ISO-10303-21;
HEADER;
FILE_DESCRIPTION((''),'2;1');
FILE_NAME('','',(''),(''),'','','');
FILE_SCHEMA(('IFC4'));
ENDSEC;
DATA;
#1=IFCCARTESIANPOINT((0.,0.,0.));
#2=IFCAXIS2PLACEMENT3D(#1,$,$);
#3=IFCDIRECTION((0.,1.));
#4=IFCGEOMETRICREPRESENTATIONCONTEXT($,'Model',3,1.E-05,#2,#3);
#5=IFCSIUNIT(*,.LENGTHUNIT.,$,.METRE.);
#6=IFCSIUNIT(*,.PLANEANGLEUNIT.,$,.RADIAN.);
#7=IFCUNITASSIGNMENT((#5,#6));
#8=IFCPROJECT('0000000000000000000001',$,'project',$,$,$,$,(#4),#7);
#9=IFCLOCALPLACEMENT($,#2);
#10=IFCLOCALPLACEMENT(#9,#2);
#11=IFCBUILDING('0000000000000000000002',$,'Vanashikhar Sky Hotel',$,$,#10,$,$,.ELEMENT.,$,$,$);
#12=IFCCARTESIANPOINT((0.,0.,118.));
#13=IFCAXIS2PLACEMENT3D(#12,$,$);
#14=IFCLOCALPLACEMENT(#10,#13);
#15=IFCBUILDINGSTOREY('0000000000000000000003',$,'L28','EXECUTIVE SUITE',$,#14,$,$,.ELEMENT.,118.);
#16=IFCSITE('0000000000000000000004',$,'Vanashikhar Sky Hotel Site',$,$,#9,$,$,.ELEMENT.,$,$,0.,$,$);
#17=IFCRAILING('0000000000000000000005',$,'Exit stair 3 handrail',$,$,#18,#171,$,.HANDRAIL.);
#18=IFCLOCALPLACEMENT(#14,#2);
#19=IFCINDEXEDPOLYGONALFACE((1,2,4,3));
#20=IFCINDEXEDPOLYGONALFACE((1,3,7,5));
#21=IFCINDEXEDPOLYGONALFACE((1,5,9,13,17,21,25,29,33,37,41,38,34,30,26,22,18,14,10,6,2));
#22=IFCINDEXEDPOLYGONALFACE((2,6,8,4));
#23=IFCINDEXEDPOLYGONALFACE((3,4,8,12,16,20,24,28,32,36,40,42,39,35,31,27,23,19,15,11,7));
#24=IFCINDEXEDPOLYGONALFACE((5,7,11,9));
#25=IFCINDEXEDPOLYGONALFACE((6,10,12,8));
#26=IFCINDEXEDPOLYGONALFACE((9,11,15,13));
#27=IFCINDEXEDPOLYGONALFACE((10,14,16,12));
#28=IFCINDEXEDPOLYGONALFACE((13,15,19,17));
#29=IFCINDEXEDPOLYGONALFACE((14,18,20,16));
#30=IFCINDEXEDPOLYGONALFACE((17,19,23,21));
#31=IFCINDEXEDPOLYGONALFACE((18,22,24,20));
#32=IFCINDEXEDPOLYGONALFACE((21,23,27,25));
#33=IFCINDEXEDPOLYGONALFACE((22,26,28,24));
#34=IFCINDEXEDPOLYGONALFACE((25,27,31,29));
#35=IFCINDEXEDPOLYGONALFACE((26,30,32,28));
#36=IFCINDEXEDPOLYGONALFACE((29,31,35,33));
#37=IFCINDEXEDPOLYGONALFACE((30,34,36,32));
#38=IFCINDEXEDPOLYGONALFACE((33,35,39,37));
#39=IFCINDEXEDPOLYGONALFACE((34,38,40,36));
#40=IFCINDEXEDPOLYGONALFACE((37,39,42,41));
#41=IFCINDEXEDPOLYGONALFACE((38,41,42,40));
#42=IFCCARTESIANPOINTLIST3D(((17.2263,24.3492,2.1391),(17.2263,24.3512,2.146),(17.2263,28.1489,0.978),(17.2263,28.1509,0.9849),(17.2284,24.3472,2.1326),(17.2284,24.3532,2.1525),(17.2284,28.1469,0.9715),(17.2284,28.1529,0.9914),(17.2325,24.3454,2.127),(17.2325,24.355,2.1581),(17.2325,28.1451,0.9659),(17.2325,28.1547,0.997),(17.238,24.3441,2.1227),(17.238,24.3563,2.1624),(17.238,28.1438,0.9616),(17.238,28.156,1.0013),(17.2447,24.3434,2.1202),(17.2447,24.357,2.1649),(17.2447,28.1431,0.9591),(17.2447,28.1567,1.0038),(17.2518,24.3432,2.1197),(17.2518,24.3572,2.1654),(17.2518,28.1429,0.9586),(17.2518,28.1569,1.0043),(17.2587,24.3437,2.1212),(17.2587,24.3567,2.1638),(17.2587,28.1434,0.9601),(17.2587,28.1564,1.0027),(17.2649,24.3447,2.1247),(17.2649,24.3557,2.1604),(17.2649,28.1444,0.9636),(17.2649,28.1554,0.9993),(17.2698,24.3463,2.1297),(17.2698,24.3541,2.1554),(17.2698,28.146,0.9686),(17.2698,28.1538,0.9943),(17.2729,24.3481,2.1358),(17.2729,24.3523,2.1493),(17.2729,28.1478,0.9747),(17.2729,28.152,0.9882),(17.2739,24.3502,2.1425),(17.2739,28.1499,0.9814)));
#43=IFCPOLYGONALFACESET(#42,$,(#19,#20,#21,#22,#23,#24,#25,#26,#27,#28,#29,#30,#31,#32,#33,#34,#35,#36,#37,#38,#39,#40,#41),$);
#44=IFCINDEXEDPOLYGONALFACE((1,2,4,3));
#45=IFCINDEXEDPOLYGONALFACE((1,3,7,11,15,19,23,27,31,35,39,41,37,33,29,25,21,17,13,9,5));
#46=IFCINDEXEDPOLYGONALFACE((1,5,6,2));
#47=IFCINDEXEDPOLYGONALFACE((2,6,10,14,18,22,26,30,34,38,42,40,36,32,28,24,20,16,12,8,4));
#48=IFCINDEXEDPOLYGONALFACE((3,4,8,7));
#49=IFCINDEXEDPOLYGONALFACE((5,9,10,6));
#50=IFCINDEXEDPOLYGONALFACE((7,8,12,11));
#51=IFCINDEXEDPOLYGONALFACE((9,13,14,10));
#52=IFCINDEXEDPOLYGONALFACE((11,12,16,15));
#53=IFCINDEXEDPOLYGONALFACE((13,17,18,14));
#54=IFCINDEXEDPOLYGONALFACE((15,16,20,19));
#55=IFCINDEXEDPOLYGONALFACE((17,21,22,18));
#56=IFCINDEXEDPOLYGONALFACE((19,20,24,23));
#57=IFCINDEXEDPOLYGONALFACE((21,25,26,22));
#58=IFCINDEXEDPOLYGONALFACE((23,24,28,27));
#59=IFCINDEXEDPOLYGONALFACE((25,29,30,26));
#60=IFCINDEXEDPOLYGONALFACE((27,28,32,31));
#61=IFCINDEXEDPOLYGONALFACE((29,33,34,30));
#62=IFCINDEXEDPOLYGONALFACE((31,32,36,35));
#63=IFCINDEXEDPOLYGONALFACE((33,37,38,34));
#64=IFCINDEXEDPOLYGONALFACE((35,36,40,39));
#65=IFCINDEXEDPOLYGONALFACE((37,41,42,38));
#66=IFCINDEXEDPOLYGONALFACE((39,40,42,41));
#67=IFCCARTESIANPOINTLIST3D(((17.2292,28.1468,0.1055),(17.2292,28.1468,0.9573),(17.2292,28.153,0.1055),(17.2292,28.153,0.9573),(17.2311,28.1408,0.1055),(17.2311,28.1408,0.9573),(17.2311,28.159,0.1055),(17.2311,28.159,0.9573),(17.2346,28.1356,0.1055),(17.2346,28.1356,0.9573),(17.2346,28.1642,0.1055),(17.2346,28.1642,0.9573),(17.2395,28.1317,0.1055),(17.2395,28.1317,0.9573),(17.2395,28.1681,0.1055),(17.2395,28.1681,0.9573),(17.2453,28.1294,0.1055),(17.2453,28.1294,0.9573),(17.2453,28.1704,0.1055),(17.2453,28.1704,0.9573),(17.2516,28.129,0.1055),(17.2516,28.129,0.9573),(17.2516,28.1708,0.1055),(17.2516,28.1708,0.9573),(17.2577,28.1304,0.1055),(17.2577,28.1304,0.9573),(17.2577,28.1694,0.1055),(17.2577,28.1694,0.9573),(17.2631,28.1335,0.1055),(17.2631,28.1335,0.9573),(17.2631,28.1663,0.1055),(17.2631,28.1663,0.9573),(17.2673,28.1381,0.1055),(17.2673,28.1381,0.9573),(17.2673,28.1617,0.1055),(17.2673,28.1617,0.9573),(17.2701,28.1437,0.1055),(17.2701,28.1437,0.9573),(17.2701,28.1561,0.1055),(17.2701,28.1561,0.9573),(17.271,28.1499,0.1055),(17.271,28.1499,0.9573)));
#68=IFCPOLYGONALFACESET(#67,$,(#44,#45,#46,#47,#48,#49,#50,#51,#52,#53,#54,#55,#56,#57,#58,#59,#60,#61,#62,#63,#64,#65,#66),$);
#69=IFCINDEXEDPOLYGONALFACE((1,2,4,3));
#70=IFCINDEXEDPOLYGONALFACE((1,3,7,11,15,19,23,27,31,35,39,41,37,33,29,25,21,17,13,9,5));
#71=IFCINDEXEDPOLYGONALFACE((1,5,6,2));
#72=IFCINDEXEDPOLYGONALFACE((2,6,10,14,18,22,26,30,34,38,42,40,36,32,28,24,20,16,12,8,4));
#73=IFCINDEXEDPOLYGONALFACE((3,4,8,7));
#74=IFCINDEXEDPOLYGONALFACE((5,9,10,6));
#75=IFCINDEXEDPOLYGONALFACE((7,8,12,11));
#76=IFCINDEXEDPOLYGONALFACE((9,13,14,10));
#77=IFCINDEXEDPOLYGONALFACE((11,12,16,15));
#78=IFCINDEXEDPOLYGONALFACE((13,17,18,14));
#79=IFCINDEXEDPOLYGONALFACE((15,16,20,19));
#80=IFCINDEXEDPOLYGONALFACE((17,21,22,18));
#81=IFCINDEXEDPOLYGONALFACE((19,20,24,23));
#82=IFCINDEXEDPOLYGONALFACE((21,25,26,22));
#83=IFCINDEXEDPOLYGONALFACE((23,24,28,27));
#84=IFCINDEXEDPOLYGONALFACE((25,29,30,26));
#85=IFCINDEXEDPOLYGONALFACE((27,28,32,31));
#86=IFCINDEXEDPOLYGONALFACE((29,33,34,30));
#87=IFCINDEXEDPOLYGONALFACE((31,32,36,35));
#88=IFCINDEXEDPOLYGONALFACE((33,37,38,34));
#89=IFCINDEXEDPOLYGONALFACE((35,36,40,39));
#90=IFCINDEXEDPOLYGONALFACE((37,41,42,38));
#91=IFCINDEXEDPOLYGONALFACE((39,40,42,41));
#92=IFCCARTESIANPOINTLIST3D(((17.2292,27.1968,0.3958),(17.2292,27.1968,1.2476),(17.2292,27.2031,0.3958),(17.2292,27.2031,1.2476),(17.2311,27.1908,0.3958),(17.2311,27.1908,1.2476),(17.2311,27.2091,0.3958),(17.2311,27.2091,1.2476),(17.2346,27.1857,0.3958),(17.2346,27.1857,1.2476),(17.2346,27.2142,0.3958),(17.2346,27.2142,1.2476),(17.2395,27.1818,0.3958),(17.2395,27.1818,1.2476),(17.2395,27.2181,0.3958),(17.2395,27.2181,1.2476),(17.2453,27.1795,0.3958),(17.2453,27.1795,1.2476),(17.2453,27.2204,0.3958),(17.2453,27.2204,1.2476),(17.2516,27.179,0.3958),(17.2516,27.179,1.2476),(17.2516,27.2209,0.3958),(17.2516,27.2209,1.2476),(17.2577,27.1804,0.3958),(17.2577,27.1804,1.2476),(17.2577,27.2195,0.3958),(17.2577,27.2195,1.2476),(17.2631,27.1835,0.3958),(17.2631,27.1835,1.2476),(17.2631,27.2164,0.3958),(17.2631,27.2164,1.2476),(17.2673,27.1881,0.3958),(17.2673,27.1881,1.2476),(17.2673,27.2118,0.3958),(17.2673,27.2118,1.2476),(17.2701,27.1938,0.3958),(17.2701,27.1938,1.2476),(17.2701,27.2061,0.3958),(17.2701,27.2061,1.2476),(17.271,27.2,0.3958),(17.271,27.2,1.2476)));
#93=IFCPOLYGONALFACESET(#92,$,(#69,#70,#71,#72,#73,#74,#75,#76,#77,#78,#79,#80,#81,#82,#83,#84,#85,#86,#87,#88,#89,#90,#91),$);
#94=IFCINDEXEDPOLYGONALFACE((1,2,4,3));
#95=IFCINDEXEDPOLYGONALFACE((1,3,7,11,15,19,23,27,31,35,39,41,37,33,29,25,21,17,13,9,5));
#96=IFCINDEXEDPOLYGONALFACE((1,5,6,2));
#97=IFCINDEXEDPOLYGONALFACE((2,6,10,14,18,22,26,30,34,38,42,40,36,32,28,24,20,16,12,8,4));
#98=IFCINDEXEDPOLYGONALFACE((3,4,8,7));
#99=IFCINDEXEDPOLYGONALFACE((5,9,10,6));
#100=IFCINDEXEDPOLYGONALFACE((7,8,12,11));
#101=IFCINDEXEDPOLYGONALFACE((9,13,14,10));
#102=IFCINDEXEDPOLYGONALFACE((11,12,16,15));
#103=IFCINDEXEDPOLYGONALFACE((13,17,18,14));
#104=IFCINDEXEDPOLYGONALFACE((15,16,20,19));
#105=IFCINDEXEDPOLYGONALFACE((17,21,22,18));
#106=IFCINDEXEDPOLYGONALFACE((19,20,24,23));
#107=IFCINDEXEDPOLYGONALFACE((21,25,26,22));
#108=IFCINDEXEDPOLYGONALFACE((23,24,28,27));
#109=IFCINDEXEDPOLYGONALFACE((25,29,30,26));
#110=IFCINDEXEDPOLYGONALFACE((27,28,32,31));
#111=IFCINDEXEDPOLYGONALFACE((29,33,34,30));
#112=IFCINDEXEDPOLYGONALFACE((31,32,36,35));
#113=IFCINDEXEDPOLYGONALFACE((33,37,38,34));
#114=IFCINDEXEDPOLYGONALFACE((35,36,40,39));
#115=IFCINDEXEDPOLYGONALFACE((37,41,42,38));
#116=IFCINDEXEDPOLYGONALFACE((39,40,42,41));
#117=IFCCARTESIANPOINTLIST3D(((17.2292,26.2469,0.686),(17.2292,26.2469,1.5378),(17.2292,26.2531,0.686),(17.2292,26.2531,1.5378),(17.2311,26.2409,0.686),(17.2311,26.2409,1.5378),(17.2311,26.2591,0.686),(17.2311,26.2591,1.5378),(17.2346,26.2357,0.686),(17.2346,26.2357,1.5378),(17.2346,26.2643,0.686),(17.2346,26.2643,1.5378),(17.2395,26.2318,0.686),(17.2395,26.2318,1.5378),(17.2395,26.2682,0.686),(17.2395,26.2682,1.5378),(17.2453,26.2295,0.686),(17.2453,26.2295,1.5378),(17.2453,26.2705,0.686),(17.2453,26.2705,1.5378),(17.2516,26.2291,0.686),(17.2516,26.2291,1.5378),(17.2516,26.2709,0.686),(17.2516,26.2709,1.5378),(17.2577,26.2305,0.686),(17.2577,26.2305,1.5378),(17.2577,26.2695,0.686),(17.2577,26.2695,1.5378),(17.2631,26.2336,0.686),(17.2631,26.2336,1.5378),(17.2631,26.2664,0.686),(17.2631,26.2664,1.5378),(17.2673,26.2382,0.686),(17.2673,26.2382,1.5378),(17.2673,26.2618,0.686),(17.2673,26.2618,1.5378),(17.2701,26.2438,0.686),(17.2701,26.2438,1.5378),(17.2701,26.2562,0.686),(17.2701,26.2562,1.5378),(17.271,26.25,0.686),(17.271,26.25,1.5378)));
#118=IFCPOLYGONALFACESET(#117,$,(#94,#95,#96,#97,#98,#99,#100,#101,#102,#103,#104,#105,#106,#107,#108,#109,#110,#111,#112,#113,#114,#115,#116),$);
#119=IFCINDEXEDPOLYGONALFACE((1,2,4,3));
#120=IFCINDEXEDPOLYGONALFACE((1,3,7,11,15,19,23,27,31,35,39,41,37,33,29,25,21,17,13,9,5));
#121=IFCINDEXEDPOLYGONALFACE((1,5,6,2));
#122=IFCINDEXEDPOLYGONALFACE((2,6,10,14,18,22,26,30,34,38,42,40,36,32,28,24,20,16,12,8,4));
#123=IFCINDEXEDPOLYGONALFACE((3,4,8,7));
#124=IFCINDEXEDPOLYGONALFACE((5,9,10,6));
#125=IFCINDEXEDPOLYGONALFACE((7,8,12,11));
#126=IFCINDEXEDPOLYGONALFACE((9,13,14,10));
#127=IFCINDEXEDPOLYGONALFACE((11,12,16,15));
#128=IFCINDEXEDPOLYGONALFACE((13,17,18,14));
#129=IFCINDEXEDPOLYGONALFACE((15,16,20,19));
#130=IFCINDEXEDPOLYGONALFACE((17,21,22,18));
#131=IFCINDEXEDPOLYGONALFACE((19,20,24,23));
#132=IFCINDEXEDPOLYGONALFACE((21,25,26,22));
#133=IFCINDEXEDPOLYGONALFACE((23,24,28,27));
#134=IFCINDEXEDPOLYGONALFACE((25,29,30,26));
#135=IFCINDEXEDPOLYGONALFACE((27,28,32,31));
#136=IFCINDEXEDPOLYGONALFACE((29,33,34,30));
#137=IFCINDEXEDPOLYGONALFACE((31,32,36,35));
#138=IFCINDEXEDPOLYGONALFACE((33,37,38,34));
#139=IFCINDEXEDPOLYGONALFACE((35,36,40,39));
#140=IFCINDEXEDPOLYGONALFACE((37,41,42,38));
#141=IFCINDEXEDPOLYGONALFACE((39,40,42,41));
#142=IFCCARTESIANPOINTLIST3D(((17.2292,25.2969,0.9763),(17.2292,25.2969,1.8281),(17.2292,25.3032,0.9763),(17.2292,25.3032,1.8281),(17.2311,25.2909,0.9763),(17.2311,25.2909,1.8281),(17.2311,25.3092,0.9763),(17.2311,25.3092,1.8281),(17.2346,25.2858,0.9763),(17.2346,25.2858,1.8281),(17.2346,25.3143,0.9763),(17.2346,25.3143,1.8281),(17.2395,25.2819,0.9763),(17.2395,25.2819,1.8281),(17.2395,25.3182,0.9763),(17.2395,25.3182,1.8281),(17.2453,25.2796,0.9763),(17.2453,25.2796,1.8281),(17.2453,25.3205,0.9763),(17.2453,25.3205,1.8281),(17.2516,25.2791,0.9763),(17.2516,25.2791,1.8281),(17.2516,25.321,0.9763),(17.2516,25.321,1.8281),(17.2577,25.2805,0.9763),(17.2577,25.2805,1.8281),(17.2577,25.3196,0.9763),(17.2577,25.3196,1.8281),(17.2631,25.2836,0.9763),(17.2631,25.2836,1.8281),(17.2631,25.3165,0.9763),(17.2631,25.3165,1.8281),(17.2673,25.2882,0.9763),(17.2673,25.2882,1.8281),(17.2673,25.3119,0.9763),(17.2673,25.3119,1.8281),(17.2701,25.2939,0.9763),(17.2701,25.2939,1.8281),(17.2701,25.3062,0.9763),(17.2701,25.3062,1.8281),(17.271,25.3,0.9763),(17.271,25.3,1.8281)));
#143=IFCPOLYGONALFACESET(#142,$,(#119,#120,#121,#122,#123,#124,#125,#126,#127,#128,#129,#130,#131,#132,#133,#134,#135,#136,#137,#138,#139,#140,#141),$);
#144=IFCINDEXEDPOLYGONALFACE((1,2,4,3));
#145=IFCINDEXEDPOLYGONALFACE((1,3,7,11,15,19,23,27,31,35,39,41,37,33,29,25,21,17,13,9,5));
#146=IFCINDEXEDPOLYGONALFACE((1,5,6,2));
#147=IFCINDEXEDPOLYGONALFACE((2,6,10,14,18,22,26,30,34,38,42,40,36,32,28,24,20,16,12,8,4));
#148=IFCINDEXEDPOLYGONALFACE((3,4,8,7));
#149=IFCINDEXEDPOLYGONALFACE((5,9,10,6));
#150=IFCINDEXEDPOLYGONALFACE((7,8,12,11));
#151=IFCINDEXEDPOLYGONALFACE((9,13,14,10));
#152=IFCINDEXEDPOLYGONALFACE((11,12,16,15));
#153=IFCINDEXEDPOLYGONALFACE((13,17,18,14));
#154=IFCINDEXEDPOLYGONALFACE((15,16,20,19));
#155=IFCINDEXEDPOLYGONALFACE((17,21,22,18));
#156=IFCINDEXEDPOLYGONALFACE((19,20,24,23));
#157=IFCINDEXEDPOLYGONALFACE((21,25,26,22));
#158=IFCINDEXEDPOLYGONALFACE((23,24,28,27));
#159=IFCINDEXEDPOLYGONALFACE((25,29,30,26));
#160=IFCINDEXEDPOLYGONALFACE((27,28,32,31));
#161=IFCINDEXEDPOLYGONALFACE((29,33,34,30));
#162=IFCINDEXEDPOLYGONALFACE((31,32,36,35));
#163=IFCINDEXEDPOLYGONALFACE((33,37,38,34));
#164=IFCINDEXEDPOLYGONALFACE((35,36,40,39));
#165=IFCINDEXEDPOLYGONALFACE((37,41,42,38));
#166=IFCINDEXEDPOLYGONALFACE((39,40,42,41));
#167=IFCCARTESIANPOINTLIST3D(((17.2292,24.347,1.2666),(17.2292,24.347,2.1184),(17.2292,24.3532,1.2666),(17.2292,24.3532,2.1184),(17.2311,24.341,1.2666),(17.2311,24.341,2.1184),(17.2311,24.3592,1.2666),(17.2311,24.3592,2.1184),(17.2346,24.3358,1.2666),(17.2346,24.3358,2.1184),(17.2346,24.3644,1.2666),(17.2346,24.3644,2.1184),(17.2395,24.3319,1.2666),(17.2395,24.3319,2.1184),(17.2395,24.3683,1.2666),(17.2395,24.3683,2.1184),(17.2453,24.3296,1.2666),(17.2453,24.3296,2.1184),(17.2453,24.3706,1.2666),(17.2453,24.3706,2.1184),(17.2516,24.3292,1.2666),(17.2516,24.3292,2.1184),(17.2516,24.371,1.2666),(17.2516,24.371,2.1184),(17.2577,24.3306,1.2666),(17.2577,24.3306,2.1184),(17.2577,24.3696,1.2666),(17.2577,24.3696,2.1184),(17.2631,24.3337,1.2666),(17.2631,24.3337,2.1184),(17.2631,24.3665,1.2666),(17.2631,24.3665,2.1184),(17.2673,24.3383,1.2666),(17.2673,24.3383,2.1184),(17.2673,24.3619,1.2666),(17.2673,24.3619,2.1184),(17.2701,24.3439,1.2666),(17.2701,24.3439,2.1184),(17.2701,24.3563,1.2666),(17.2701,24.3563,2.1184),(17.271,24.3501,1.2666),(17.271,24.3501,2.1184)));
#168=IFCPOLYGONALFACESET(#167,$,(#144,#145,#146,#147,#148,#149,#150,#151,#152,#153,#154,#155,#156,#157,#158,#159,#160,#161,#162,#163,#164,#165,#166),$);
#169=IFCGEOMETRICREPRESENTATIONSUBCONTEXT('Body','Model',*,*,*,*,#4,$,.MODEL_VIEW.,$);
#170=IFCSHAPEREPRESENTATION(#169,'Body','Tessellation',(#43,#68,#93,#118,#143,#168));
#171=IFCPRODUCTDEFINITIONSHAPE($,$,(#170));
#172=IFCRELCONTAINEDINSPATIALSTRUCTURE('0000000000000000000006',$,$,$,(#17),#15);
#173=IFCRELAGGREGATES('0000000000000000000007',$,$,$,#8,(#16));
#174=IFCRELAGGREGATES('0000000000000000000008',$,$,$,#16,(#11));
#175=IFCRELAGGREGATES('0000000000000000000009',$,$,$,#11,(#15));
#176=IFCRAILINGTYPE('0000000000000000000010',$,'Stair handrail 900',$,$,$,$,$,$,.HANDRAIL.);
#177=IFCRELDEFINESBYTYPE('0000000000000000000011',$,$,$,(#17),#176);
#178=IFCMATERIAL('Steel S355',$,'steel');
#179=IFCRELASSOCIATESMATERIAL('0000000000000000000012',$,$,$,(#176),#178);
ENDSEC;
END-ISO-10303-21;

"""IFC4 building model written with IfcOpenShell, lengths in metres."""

from ifc_helpers import new_model, si_unit, direction, frame, origin, origin_2d, place, context, subcontext, project, spatial, circle, extrude, source, transform, mapped, material, type_object, element, save


model = new_model("IFC4")

# Units and contexts
model_context = context("Model", 3, precision=1e-05, world=origin(), true_north=direction((0.0, 1.0)))
body_context = subcontext(model_context, "Body", "Model", "MODEL_VIEW")
ifc_project = project(units=[si_unit("LENGTHUNIT", "METRE"), si_unit("PLANEANGLEUNIT", "RADIAN")], contexts=[model_context])

# Site, building, storey
site_placement = place(None, origin())
site = spatial("IfcSite", under=ifc_project, at=site_placement, Name="Vanashikhar Sky Hotel Site", CompositionType="ELEMENT", RefElevation=0.0)
building_placement = place(site_placement, origin())
building = spatial("IfcBuilding", under=site, at=building_placement, Name="Vanashikhar Sky Hotel", CompositionType="ELEMENT")
storey_placement = place(building_placement, frame((0.0, 0.0, 118.0)))
storey = spatial("IfcBuildingStorey", under=building, at=storey_placement, Name="L28", Description="EXECUTIVE SUITE", CompositionType="ELEMENT", Elevation=118.0)

# Railing
ifc_material_1 = material(Name="Steel S355", Category="steel")
railing_type = type_object("IfcRailingType", Name="Stair handrail 900", PredefinedType="HANDRAIL", material=ifc_material_1)
shared_shape_1 = source(origin(), body_context, "Body", "SweptSolid", [
    extrude(circle(Radius=0.0239, at=origin_2d()), frame((0.0, 0.0, 0.876), z_axis=(0.0, -0.956346, 0.292237), x_axis=(1.0, 0.0, 0.0)), (0.0, 0.0, 1.0), 3.9731),
    extrude(circle(Radius=0.021, at=origin_2d()), origin(), (0.0, 0.0, 1.0), 0.8518),
    extrude(circle(Radius=0.021, at=origin_2d()), frame((0.0, -0.95, 0.2903)), (0.0, 0.0, 1.0), 0.8518),
    extrude(circle(Radius=0.021, at=origin_2d()), frame((0.0, -1.8999, 0.5806)), (0.0, 0.0, 1.0), 0.8518),
    extrude(circle(Radius=0.021, at=origin_2d()), frame((0.0, -2.8499, 0.8708)), (0.0, 0.0, 1.0), 0.8518),
    extrude(circle(Radius=0.021, at=origin_2d()), frame((0.0, -3.7998, 1.1611)), (0.0, 0.0, 1.0), 0.8518),
])
for number, where, name in (
    (1, (17.25, 28.1499, 0.1055), "Exit stair 3 handrail"),
):
    element("IfcRailing", number, at=place(storey_placement, frame(where)), inside=storey, type_object=railing_type, Name=name, PredefinedType="HANDRAIL", context=body_context, shape_type="MappedRepresentation", body=[
        mapped(shared_shape_1, transform((0.0, 0.0, 0.0), scale=1.0)),
    ])

save(model, "model.ifc")
